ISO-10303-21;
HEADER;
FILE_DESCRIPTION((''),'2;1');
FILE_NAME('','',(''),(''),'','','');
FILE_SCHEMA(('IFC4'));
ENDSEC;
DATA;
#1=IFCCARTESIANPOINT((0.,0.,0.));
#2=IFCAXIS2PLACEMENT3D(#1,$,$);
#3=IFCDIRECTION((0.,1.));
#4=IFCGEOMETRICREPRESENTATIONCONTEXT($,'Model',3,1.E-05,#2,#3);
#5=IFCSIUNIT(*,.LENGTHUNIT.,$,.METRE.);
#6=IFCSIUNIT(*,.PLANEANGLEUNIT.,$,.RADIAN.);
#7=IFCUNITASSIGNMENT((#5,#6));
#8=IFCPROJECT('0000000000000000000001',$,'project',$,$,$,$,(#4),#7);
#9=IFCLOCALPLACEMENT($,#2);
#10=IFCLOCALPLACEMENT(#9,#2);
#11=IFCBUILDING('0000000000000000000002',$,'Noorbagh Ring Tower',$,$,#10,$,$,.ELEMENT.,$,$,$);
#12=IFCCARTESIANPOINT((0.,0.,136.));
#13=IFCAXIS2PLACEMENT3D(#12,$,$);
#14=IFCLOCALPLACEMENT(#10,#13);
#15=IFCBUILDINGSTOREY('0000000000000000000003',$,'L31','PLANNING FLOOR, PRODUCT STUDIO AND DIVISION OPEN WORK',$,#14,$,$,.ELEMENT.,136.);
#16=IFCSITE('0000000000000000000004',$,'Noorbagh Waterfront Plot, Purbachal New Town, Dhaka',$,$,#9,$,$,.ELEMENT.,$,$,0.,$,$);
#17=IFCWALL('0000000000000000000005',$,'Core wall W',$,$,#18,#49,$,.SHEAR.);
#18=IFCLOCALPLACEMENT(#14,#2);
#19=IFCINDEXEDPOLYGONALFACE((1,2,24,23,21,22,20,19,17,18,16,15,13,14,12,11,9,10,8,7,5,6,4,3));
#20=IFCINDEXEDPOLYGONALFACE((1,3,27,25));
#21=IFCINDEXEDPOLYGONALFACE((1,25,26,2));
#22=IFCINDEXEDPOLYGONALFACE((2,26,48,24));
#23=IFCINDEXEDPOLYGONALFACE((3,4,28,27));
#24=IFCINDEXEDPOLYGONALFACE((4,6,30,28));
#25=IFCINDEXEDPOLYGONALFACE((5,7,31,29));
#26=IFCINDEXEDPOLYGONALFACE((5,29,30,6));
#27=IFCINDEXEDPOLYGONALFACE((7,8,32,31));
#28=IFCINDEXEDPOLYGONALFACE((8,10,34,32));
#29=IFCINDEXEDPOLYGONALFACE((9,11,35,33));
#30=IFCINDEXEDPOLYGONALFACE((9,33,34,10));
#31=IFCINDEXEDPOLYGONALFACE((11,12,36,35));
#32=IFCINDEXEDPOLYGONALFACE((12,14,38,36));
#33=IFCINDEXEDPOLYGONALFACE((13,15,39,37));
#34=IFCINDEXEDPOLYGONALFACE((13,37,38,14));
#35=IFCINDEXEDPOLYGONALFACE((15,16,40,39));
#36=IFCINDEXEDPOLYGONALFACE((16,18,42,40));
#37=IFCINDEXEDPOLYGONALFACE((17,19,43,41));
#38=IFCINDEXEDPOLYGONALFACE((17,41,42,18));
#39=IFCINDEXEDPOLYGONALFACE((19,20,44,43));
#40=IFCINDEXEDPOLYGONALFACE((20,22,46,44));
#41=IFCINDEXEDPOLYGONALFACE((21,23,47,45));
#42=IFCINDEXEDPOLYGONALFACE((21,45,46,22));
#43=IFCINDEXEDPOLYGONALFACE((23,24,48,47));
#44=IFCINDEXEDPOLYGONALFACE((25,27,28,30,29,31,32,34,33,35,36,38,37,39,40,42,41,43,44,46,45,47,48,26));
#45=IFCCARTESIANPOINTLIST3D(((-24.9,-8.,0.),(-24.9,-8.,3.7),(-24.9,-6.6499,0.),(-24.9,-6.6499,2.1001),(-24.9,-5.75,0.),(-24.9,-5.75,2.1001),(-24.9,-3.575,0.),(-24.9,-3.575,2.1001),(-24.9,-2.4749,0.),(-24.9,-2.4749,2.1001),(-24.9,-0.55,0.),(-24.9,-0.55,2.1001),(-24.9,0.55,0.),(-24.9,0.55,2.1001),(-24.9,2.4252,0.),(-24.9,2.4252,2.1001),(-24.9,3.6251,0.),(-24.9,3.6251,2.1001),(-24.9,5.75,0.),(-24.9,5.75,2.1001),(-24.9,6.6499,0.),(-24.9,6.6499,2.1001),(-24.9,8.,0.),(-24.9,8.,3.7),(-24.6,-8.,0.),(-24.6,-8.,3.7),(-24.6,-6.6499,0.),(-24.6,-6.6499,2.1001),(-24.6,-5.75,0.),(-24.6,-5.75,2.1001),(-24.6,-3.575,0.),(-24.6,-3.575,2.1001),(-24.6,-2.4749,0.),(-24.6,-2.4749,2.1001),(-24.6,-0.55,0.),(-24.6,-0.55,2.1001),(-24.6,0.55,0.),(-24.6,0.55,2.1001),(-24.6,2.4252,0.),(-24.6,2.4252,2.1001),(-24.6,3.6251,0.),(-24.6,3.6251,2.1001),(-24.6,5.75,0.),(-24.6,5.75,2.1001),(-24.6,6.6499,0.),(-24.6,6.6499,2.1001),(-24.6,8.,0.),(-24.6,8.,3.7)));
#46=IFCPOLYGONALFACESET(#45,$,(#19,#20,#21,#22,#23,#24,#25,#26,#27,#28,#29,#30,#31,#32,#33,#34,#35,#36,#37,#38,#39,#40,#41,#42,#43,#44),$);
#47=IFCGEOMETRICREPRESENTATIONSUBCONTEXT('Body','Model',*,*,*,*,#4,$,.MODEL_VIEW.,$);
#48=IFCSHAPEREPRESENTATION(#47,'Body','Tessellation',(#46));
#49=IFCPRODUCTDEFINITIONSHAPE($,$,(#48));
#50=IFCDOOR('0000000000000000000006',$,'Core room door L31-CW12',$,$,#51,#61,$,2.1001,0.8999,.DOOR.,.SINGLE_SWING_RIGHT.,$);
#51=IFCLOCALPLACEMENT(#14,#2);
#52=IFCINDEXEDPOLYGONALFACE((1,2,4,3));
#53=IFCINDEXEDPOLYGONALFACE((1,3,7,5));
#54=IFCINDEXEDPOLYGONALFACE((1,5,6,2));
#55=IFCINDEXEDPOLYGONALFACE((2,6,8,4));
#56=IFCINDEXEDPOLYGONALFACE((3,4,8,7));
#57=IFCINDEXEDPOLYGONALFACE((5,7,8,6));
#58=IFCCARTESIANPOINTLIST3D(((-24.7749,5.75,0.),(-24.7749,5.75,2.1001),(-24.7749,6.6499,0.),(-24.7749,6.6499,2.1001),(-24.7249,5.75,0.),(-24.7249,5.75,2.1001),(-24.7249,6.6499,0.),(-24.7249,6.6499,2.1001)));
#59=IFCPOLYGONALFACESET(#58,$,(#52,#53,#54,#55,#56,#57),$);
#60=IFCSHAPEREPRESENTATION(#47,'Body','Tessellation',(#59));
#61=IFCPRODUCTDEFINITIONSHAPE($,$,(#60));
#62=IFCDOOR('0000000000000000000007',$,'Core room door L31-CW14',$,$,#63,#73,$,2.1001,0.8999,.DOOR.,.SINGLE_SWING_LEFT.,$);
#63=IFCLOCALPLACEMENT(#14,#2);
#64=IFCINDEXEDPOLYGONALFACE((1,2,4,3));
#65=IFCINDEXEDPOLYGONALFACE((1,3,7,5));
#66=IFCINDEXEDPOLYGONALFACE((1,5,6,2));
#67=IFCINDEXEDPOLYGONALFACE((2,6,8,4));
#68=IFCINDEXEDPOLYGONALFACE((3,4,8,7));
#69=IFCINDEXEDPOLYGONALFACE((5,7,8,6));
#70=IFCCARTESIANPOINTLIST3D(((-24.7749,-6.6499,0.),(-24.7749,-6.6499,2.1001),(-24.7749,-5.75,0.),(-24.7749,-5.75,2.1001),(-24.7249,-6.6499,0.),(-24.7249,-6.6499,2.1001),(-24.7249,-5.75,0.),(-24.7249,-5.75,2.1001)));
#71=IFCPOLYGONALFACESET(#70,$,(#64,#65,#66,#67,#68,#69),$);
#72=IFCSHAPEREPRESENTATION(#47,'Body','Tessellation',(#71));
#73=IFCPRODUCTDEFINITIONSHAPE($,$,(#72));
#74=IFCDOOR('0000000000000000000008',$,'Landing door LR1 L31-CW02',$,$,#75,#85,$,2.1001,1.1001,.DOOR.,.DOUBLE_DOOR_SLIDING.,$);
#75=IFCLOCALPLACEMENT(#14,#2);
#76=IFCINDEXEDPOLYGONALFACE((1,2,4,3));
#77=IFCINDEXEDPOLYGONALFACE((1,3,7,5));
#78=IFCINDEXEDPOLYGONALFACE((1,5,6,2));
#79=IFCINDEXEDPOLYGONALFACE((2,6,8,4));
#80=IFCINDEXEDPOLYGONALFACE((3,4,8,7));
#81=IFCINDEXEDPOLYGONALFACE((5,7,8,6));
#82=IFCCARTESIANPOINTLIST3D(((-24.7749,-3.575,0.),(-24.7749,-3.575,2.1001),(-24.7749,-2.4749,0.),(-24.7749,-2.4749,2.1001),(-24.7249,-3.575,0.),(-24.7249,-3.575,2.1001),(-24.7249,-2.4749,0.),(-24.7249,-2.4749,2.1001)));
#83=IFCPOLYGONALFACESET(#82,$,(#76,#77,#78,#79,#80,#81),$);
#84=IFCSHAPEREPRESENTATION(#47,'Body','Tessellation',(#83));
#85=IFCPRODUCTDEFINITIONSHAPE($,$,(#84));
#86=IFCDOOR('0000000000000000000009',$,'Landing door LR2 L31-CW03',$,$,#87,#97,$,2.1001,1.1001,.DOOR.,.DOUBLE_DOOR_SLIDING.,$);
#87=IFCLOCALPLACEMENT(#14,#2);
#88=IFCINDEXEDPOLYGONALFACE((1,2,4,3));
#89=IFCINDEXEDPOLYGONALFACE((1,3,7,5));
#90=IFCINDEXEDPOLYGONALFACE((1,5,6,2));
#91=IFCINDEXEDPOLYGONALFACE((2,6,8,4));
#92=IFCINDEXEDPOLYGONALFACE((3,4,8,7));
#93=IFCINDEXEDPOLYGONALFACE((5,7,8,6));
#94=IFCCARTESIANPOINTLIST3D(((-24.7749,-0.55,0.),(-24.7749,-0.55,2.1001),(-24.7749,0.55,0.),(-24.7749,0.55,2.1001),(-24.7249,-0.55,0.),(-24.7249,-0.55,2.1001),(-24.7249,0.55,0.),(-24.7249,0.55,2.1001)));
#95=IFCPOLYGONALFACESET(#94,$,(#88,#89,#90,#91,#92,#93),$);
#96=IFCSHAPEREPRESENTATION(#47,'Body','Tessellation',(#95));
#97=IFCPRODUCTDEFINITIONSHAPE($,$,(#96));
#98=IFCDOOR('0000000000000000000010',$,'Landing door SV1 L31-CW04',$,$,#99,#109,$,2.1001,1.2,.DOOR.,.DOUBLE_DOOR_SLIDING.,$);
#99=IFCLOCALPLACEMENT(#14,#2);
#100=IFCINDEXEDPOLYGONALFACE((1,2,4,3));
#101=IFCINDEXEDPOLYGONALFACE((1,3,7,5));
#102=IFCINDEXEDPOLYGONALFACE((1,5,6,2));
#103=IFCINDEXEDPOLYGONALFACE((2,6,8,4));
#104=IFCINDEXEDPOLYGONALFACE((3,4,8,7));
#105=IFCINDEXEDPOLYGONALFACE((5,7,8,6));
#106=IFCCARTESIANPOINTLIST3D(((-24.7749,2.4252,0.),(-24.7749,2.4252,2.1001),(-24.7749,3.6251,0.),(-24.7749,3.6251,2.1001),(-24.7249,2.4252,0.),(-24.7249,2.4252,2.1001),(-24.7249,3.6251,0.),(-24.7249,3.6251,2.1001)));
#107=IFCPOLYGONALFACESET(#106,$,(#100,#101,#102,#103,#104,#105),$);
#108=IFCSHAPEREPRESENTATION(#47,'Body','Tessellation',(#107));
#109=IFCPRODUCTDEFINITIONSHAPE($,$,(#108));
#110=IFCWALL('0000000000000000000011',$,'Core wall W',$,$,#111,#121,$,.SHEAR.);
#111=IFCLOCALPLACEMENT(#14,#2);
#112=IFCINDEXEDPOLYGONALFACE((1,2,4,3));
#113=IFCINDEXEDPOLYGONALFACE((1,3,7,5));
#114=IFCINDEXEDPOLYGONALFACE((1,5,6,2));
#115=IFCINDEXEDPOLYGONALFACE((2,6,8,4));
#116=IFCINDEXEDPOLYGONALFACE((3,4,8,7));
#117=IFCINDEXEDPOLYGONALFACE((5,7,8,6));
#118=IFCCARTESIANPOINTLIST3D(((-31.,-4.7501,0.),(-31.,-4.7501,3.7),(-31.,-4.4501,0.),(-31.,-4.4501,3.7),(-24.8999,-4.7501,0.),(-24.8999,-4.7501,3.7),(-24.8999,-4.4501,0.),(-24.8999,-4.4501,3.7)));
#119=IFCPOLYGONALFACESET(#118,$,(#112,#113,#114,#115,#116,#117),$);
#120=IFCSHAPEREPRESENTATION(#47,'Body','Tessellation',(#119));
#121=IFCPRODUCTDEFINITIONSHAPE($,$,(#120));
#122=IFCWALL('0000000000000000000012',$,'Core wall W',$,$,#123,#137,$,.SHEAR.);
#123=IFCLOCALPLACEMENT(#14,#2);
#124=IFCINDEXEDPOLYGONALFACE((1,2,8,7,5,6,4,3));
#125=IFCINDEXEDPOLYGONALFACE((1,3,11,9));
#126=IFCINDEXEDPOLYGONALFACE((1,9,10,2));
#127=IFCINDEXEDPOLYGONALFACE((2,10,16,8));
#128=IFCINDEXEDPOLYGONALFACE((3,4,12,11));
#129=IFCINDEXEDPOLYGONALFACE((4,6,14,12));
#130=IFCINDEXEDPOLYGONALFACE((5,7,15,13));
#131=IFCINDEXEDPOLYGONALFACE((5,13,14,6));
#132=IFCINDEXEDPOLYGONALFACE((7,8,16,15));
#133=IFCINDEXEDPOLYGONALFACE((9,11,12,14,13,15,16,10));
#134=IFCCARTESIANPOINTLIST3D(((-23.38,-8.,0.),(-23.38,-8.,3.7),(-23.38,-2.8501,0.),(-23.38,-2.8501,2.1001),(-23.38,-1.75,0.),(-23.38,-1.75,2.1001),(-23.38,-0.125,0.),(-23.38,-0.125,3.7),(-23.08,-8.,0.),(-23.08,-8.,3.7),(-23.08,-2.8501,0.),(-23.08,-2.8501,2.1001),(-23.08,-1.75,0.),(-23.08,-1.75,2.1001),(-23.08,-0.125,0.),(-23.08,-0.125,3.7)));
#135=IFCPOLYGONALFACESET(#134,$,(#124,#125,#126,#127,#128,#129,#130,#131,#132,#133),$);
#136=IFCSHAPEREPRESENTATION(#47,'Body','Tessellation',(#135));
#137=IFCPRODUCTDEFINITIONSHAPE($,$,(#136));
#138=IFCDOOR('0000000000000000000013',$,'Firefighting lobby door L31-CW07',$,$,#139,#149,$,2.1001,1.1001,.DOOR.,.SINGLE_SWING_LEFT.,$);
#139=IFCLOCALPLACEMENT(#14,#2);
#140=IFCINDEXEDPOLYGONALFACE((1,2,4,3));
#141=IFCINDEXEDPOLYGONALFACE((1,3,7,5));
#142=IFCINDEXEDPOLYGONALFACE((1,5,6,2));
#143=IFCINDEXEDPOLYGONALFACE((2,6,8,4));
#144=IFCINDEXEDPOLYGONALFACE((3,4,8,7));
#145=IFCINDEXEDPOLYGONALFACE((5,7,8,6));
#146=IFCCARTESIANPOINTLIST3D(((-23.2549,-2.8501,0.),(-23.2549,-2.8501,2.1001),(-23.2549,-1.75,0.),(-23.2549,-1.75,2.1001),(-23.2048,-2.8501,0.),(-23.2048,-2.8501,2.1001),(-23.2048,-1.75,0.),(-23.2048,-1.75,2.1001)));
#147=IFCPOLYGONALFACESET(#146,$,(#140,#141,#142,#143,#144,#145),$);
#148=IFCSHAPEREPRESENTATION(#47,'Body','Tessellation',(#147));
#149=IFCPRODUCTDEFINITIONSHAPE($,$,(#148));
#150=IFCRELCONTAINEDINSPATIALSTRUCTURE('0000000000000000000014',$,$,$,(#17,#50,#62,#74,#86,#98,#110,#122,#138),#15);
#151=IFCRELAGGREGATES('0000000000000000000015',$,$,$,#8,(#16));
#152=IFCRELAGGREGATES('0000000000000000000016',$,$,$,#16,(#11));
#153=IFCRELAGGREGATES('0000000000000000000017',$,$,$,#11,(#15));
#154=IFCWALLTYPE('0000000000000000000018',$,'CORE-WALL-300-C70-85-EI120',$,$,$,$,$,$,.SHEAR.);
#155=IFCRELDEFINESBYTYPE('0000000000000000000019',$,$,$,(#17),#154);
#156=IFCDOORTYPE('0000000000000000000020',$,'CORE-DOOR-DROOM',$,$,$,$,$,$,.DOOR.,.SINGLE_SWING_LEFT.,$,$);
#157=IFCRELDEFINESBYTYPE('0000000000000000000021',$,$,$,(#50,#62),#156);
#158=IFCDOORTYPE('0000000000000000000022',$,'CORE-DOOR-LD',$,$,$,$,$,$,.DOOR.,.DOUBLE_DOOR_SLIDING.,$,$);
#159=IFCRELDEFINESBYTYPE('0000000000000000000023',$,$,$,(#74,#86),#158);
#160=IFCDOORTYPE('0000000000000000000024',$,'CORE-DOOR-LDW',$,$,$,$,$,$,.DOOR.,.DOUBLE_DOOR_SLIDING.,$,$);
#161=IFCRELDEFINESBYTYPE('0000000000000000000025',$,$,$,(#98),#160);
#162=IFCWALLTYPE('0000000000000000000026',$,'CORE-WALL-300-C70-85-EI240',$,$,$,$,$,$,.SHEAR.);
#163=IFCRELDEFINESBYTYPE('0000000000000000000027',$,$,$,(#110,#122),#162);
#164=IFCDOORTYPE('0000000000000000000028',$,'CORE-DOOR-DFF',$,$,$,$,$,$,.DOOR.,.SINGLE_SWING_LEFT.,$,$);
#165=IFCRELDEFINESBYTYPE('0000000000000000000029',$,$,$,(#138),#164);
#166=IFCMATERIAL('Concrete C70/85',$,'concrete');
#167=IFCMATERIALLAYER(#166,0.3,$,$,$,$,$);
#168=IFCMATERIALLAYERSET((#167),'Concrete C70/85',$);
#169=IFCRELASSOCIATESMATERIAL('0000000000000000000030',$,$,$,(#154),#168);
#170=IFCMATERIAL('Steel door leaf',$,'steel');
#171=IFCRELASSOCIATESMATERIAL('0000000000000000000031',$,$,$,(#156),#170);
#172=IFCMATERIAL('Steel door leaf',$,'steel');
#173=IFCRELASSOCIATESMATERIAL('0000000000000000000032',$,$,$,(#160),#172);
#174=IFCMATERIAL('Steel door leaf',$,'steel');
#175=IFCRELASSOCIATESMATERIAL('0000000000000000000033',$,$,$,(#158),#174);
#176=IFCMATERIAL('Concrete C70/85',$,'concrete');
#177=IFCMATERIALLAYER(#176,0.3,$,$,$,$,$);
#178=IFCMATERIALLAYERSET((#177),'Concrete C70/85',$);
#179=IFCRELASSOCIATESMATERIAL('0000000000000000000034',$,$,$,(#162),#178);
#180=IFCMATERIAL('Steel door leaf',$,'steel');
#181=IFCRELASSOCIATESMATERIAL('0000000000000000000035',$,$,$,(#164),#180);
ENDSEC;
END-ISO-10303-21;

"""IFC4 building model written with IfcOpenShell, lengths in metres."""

from ifc_helpers import new_model, si_unit, direction, frame, frame_2d, origin, place, context, subcontext, project, spatial, rectangle, extrude, material, layer, layer_set, type_object, element, fill, save


model = new_model("IFC4")

# Units and contexts
model_context = context("Model", 3, precision=1e-05, world=origin(), true_north=direction((0.0, 1.0)))
body_context = subcontext(model_context, "Body", "Model", "MODEL_VIEW")
ifc_project = project(units=[si_unit("LENGTHUNIT", "METRE"), si_unit("PLANEANGLEUNIT", "RADIAN")], contexts=[model_context])

# Site, building, storey
site_placement = place(None, origin())
site = spatial("IfcSite", under=ifc_project, at=site_placement, Name="Noorbagh Waterfront Plot, Purbachal New Town, Dhaka", CompositionType="ELEMENT", RefElevation=0.0)
building_placement = place(site_placement, origin())
building = spatial("IfcBuilding", under=site, at=building_placement, Name="Noorbagh Ring Tower", CompositionType="ELEMENT")
storey_placement = place(building_placement, frame((0.0, 0.0, 136.0)))
storey = spatial("IfcBuildingStorey", under=building, at=storey_placement, Name="L31", Description="PLANNING FLOOR, PRODUCT STUDIO AND DIVISION OPEN WORK", CompositionType="ELEMENT", Elevation=136.0)

# Shared definitions
ifc_material_1 = material(Name="Concrete C70/85", Category="concrete")
ifc_layer_1 = layer(ifc_material_1, 0.3)
ifc_layer_set_1 = layer_set([ifc_layer_1], Name="Concrete C70/85")
wall_type_1 = type_object("IfcWallType", Name="CORE-WALL-300-C70-85-EI120", PredefinedType="SHEAR", material=ifc_layer_set_1)

# Wall, openings, doors
ifc_material_2 = material(Name="Steel door leaf", Category="steel")
door_type_1 = type_object("IfcDoorType", Name="CORE-DOOR-DROOM", OperationType="SINGLE_SWING_LEFT", PredefinedType="DOOR", material=ifc_material_2)
ifc_material_3 = material(Name="Steel door leaf", Category="steel")
door_type_2 = type_object("IfcDoorType", Name="CORE-DOOR-LDW", OperationType="DOUBLE_DOOR_SLIDING", PredefinedType="DOOR", material=ifc_material_3)
wall_1_placement = place(storey_placement, frame((-24.75, -8.0, 0.0), z_axis=(0.0, 0.0, 1.0), x_axis=(0.0, 1.0, 0.0)))
wall_1 = element("IfcWall", 1, at=wall_1_placement, inside=storey, type_object=wall_type_1, Name="Core wall W", PredefinedType="SHEAR", context=body_context, shape_type="SweptSolid", body=[
    extrude(rectangle(XDim=16.0, YDim=0.3, at=frame_2d((8.0, 0.0))), origin(), (0.0, 0.0, 1.0), 3.7),
])
opening_1_placement = place(wall_1_placement, frame((4.425, 0.0, 0.0)))
opening_1 = element("IfcOpeningElement", 2, at=opening_1_placement, cuts=wall_1, PredefinedType="OPENING", context=body_context, shape_type="SweptSolid", body=[
    extrude(rectangle(XDim=1.1001, YDim=2.1001, at=frame_2d((0.55, 1.05))), frame((0.0, 0.1602, 0.0), z_axis=(0.0, -1.0, 0.0), x_axis=(1.0, 0.0, 0.0)), (0.0, 0.0, 1.0), 0.3201),
])
opening_2_placement = place(wall_1_placement, frame((7.45, 0.0, 0.0)))
opening_2 = element("IfcOpeningElement", 3, at=opening_2_placement, cuts=wall_1, PredefinedType="OPENING", context=body_context, shape_type="SweptSolid", body=[
    extrude(rectangle(XDim=1.1001, YDim=2.1001, at=frame_2d((0.55, 1.05))), frame((0.0, 0.1602, 0.0), z_axis=(0.0, -1.0, 0.0), x_axis=(1.0, 0.0, 0.0)), (0.0, 0.0, 1.0), 0.3201),
])
opening_3_placement = place(wall_1_placement, frame((10.425, 0.0, 0.0)))
opening_3 = element("IfcOpeningElement", 4, at=opening_3_placement, cuts=wall_1, PredefinedType="OPENING", context=body_context, shape_type="SweptSolid", body=[
    extrude(rectangle(XDim=1.2, YDim=2.1001, at=frame_2d((0.6001, 1.05))), frame((0.0, 0.1602, 0.0), z_axis=(0.0, -1.0, 0.0), x_axis=(1.0, 0.0, 0.0)), (0.0, 0.0, 1.0), 0.3201),
])
opening_4_placement = place(wall_1_placement, frame((13.75, 0.0, 0.0)))
opening_4 = element("IfcOpeningElement", 5, at=opening_4_placement, cuts=wall_1, PredefinedType="OPENING", context=body_context, shape_type="SweptSolid", body=[
    extrude(rectangle(XDim=0.8999, YDim=2.1001, at=frame_2d((0.45, 1.05))), frame((0.0, 0.1602, 0.0), z_axis=(0.0, -1.0, 0.0), x_axis=(1.0, 0.0, 0.0)), (0.0, 0.0, 1.0), 0.3201),
])
opening_5_placement = place(wall_1_placement, frame((1.3501, 0.0, 0.0)))
opening_5 = element("IfcOpeningElement", 6, at=opening_5_placement, cuts=wall_1, PredefinedType="OPENING", context=body_context, shape_type="SweptSolid", body=[
    extrude(rectangle(XDim=0.8999, YDim=2.1001, at=frame_2d((0.45, 1.05))), frame((0.0, 0.1602, 0.0), z_axis=(0.0, -1.0, 0.0), x_axis=(1.0, 0.0, 0.0)), (0.0, 0.0, 1.0), 0.3201),
])
door_1_placement = place(opening_4_placement, origin())
door_1 = element("IfcDoor", 7, at=door_1_placement, inside=storey, type_object=door_type_1, Name="Core room door L31-CW12", OperationType="SINGLE_SWING_RIGHT", OverallHeight=2.1001, OverallWidth=0.8999, PredefinedType="DOOR", context=body_context, shape_type="SweptSolid", body=[
    extrude(rectangle(XDim=0.8999, YDim=2.1001, at=frame_2d((0.45, 1.05))), frame((0.0, 0.0249, 0.0), z_axis=(0.0, -1.0, 0.0), x_axis=(1.0, 0.0, 0.0)), (0.0, 0.0, 1.0), 0.05),
])
fill(opening_4, door_1)
door_2_placement = place(opening_5_placement, origin())
door_2 = element("IfcDoor", 8, at=door_2_placement, inside=storey, type_object=door_type_1, Name="Core room door L31-CW14", OperationType="SINGLE_SWING_LEFT", OverallHeight=2.1001, OverallWidth=0.8999, PredefinedType="DOOR", context=body_context, shape_type="SweptSolid", body=[
    extrude(rectangle(XDim=0.8999, YDim=2.1001, at=frame_2d((0.45, 1.05))), frame((0.0, 0.0249, 0.0), z_axis=(0.0, -1.0, 0.0), x_axis=(1.0, 0.0, 0.0)), (0.0, 0.0, 1.0), 0.05),
])
fill(opening_5, door_2)
ifc_material_4 = material(Name="Steel door leaf", Category="steel")
door_type_3 = type_object("IfcDoorType", Name="CORE-DOOR-LD", OperationType="DOUBLE_DOOR_SLIDING", PredefinedType="DOOR", material=ifc_material_4)
door_3_placement = place(opening_1_placement, origin())
door_3 = element("IfcDoor", 9, at=door_3_placement, inside=storey, type_object=door_type_3, Name="Landing door LR1 L31-CW02", OperationType="DOUBLE_DOOR_SLIDING", OverallHeight=2.1001, OverallWidth=1.1001, PredefinedType="DOOR", context=body_context, shape_type="SweptSolid", body=[
    extrude(rectangle(XDim=1.1001, YDim=2.1001, at=frame_2d((0.55, 1.05))), frame((0.0, 0.0249, 0.0), z_axis=(0.0, -1.0, 0.0), x_axis=(1.0, 0.0, 0.0)), (0.0, 0.0, 1.0), 0.05),
])
fill(opening_1, door_3)
door_4_placement = place(opening_2_placement, origin())
door_4 = element("IfcDoor", 10, at=door_4_placement, inside=storey, type_object=door_type_3, Name="Landing door LR2 L31-CW03", OperationType="DOUBLE_DOOR_SLIDING", OverallHeight=2.1001, OverallWidth=1.1001, PredefinedType="DOOR", context=body_context, shape_type="SweptSolid", body=[
    extrude(rectangle(XDim=1.1001, YDim=2.1001, at=frame_2d((0.55, 1.05))), frame((0.0, 0.0249, 0.0), z_axis=(0.0, -1.0, 0.0), x_axis=(1.0, 0.0, 0.0)), (0.0, 0.0, 1.0), 0.05),
])
fill(opening_2, door_4)
door_5_placement = place(opening_3_placement, origin())
door_5 = element("IfcDoor", 11, at=door_5_placement, inside=storey, type_object=door_type_2, Name="Landing door SV1 L31-CW04", OperationType="DOUBLE_DOOR_SLIDING", OverallHeight=2.1001, OverallWidth=1.2, PredefinedType="DOOR", context=body_context, shape_type="SweptSolid", body=[
    extrude(rectangle(XDim=1.2, YDim=2.1001, at=frame_2d((0.6001, 1.05))), frame((0.0, 0.0249, 0.0), z_axis=(0.0, -1.0, 0.0), x_axis=(1.0, 0.0, 0.0)), (0.0, 0.0, 1.0), 0.05),
])
fill(opening_3, door_5)

# Wall
ifc_material_5 = material(Name="Concrete C70/85", Category="concrete")
ifc_layer_2 = layer(ifc_material_5, 0.3)
ifc_layer_set_2 = layer_set([ifc_layer_2], Name="Concrete C70/85")
wall_type_2 = type_object("IfcWallType", Name="CORE-WALL-300-C70-85-EI240", PredefinedType="SHEAR", material=ifc_layer_set_2)
wall_2_placement = place(storey_placement, frame((-24.8999, -4.6001, 0.0), z_axis=(0.0, 0.0, 1.0), x_axis=(-1.0, 0.0, 0.0)))
element("IfcWall", 12, at=wall_2_placement, inside=storey, type_object=wall_type_2, Name="Core wall W", PredefinedType="SHEAR", context=body_context, shape_type="SweptSolid", body=[
    extrude(rectangle(XDim=6.1001, YDim=0.3, at=frame_2d((3.05, 0.0))), origin(), (0.0, 0.0, 1.0), 3.7),
])

# Wall, opening, door
wall_3_placement = place(storey_placement, frame((-23.23, -8.0, 0.0), z_axis=(0.0, 0.0, 1.0), x_axis=(0.0, 1.0, 0.0)))
wall_3 = element("IfcWall", 13, at=wall_3_placement, inside=storey, type_object=wall_type_2, Name="Core wall W", PredefinedType="SHEAR", context=body_context, shape_type="SweptSolid", body=[
    extrude(rectangle(XDim=7.875, YDim=0.3, at=frame_2d((3.9375, 0.0))), origin(), (0.0, 0.0, 1.0), 3.7),
])
opening_6_placement = place(wall_3_placement, frame((5.1499, 0.0, 0.0)))
opening_6 = element("IfcOpeningElement", 14, at=opening_6_placement, cuts=wall_3, PredefinedType="OPENING", context=body_context, shape_type="SweptSolid", body=[
    extrude(rectangle(XDim=1.1001, YDim=2.1001, at=frame_2d((0.55, 1.05))), frame((0.0, 0.1602, 0.0), z_axis=(0.0, -1.0, 0.0), x_axis=(1.0, 0.0, 0.0)), (0.0, 0.0, 1.0), 0.3201),
])
ifc_material_6 = material(Name="Steel door leaf", Category="steel")
door_type_4 = type_object("IfcDoorType", Name="CORE-DOOR-DFF", OperationType="SINGLE_SWING_LEFT", PredefinedType="DOOR", material=ifc_material_6)
door_6_placement = place(opening_6_placement, origin())
door_6 = element("IfcDoor", 15, at=door_6_placement, inside=storey, type_object=door_type_4, Name="Firefighting lobby door L31-CW07", OperationType="SINGLE_SWING_LEFT", OverallHeight=2.1001, OverallWidth=1.1001, PredefinedType="DOOR", context=body_context, shape_type="SweptSolid", body=[
    extrude(rectangle(XDim=1.1001, YDim=2.1001, at=frame_2d((0.55, 1.05))), frame((0.0, 0.0249, 0.0), z_axis=(0.0, -1.0, 0.0), x_axis=(1.0, 0.0, 0.0)), (0.0, 0.0, 1.0), 0.05),
])
fill(opening_6, door_6)

save(model, "model.ifc")
